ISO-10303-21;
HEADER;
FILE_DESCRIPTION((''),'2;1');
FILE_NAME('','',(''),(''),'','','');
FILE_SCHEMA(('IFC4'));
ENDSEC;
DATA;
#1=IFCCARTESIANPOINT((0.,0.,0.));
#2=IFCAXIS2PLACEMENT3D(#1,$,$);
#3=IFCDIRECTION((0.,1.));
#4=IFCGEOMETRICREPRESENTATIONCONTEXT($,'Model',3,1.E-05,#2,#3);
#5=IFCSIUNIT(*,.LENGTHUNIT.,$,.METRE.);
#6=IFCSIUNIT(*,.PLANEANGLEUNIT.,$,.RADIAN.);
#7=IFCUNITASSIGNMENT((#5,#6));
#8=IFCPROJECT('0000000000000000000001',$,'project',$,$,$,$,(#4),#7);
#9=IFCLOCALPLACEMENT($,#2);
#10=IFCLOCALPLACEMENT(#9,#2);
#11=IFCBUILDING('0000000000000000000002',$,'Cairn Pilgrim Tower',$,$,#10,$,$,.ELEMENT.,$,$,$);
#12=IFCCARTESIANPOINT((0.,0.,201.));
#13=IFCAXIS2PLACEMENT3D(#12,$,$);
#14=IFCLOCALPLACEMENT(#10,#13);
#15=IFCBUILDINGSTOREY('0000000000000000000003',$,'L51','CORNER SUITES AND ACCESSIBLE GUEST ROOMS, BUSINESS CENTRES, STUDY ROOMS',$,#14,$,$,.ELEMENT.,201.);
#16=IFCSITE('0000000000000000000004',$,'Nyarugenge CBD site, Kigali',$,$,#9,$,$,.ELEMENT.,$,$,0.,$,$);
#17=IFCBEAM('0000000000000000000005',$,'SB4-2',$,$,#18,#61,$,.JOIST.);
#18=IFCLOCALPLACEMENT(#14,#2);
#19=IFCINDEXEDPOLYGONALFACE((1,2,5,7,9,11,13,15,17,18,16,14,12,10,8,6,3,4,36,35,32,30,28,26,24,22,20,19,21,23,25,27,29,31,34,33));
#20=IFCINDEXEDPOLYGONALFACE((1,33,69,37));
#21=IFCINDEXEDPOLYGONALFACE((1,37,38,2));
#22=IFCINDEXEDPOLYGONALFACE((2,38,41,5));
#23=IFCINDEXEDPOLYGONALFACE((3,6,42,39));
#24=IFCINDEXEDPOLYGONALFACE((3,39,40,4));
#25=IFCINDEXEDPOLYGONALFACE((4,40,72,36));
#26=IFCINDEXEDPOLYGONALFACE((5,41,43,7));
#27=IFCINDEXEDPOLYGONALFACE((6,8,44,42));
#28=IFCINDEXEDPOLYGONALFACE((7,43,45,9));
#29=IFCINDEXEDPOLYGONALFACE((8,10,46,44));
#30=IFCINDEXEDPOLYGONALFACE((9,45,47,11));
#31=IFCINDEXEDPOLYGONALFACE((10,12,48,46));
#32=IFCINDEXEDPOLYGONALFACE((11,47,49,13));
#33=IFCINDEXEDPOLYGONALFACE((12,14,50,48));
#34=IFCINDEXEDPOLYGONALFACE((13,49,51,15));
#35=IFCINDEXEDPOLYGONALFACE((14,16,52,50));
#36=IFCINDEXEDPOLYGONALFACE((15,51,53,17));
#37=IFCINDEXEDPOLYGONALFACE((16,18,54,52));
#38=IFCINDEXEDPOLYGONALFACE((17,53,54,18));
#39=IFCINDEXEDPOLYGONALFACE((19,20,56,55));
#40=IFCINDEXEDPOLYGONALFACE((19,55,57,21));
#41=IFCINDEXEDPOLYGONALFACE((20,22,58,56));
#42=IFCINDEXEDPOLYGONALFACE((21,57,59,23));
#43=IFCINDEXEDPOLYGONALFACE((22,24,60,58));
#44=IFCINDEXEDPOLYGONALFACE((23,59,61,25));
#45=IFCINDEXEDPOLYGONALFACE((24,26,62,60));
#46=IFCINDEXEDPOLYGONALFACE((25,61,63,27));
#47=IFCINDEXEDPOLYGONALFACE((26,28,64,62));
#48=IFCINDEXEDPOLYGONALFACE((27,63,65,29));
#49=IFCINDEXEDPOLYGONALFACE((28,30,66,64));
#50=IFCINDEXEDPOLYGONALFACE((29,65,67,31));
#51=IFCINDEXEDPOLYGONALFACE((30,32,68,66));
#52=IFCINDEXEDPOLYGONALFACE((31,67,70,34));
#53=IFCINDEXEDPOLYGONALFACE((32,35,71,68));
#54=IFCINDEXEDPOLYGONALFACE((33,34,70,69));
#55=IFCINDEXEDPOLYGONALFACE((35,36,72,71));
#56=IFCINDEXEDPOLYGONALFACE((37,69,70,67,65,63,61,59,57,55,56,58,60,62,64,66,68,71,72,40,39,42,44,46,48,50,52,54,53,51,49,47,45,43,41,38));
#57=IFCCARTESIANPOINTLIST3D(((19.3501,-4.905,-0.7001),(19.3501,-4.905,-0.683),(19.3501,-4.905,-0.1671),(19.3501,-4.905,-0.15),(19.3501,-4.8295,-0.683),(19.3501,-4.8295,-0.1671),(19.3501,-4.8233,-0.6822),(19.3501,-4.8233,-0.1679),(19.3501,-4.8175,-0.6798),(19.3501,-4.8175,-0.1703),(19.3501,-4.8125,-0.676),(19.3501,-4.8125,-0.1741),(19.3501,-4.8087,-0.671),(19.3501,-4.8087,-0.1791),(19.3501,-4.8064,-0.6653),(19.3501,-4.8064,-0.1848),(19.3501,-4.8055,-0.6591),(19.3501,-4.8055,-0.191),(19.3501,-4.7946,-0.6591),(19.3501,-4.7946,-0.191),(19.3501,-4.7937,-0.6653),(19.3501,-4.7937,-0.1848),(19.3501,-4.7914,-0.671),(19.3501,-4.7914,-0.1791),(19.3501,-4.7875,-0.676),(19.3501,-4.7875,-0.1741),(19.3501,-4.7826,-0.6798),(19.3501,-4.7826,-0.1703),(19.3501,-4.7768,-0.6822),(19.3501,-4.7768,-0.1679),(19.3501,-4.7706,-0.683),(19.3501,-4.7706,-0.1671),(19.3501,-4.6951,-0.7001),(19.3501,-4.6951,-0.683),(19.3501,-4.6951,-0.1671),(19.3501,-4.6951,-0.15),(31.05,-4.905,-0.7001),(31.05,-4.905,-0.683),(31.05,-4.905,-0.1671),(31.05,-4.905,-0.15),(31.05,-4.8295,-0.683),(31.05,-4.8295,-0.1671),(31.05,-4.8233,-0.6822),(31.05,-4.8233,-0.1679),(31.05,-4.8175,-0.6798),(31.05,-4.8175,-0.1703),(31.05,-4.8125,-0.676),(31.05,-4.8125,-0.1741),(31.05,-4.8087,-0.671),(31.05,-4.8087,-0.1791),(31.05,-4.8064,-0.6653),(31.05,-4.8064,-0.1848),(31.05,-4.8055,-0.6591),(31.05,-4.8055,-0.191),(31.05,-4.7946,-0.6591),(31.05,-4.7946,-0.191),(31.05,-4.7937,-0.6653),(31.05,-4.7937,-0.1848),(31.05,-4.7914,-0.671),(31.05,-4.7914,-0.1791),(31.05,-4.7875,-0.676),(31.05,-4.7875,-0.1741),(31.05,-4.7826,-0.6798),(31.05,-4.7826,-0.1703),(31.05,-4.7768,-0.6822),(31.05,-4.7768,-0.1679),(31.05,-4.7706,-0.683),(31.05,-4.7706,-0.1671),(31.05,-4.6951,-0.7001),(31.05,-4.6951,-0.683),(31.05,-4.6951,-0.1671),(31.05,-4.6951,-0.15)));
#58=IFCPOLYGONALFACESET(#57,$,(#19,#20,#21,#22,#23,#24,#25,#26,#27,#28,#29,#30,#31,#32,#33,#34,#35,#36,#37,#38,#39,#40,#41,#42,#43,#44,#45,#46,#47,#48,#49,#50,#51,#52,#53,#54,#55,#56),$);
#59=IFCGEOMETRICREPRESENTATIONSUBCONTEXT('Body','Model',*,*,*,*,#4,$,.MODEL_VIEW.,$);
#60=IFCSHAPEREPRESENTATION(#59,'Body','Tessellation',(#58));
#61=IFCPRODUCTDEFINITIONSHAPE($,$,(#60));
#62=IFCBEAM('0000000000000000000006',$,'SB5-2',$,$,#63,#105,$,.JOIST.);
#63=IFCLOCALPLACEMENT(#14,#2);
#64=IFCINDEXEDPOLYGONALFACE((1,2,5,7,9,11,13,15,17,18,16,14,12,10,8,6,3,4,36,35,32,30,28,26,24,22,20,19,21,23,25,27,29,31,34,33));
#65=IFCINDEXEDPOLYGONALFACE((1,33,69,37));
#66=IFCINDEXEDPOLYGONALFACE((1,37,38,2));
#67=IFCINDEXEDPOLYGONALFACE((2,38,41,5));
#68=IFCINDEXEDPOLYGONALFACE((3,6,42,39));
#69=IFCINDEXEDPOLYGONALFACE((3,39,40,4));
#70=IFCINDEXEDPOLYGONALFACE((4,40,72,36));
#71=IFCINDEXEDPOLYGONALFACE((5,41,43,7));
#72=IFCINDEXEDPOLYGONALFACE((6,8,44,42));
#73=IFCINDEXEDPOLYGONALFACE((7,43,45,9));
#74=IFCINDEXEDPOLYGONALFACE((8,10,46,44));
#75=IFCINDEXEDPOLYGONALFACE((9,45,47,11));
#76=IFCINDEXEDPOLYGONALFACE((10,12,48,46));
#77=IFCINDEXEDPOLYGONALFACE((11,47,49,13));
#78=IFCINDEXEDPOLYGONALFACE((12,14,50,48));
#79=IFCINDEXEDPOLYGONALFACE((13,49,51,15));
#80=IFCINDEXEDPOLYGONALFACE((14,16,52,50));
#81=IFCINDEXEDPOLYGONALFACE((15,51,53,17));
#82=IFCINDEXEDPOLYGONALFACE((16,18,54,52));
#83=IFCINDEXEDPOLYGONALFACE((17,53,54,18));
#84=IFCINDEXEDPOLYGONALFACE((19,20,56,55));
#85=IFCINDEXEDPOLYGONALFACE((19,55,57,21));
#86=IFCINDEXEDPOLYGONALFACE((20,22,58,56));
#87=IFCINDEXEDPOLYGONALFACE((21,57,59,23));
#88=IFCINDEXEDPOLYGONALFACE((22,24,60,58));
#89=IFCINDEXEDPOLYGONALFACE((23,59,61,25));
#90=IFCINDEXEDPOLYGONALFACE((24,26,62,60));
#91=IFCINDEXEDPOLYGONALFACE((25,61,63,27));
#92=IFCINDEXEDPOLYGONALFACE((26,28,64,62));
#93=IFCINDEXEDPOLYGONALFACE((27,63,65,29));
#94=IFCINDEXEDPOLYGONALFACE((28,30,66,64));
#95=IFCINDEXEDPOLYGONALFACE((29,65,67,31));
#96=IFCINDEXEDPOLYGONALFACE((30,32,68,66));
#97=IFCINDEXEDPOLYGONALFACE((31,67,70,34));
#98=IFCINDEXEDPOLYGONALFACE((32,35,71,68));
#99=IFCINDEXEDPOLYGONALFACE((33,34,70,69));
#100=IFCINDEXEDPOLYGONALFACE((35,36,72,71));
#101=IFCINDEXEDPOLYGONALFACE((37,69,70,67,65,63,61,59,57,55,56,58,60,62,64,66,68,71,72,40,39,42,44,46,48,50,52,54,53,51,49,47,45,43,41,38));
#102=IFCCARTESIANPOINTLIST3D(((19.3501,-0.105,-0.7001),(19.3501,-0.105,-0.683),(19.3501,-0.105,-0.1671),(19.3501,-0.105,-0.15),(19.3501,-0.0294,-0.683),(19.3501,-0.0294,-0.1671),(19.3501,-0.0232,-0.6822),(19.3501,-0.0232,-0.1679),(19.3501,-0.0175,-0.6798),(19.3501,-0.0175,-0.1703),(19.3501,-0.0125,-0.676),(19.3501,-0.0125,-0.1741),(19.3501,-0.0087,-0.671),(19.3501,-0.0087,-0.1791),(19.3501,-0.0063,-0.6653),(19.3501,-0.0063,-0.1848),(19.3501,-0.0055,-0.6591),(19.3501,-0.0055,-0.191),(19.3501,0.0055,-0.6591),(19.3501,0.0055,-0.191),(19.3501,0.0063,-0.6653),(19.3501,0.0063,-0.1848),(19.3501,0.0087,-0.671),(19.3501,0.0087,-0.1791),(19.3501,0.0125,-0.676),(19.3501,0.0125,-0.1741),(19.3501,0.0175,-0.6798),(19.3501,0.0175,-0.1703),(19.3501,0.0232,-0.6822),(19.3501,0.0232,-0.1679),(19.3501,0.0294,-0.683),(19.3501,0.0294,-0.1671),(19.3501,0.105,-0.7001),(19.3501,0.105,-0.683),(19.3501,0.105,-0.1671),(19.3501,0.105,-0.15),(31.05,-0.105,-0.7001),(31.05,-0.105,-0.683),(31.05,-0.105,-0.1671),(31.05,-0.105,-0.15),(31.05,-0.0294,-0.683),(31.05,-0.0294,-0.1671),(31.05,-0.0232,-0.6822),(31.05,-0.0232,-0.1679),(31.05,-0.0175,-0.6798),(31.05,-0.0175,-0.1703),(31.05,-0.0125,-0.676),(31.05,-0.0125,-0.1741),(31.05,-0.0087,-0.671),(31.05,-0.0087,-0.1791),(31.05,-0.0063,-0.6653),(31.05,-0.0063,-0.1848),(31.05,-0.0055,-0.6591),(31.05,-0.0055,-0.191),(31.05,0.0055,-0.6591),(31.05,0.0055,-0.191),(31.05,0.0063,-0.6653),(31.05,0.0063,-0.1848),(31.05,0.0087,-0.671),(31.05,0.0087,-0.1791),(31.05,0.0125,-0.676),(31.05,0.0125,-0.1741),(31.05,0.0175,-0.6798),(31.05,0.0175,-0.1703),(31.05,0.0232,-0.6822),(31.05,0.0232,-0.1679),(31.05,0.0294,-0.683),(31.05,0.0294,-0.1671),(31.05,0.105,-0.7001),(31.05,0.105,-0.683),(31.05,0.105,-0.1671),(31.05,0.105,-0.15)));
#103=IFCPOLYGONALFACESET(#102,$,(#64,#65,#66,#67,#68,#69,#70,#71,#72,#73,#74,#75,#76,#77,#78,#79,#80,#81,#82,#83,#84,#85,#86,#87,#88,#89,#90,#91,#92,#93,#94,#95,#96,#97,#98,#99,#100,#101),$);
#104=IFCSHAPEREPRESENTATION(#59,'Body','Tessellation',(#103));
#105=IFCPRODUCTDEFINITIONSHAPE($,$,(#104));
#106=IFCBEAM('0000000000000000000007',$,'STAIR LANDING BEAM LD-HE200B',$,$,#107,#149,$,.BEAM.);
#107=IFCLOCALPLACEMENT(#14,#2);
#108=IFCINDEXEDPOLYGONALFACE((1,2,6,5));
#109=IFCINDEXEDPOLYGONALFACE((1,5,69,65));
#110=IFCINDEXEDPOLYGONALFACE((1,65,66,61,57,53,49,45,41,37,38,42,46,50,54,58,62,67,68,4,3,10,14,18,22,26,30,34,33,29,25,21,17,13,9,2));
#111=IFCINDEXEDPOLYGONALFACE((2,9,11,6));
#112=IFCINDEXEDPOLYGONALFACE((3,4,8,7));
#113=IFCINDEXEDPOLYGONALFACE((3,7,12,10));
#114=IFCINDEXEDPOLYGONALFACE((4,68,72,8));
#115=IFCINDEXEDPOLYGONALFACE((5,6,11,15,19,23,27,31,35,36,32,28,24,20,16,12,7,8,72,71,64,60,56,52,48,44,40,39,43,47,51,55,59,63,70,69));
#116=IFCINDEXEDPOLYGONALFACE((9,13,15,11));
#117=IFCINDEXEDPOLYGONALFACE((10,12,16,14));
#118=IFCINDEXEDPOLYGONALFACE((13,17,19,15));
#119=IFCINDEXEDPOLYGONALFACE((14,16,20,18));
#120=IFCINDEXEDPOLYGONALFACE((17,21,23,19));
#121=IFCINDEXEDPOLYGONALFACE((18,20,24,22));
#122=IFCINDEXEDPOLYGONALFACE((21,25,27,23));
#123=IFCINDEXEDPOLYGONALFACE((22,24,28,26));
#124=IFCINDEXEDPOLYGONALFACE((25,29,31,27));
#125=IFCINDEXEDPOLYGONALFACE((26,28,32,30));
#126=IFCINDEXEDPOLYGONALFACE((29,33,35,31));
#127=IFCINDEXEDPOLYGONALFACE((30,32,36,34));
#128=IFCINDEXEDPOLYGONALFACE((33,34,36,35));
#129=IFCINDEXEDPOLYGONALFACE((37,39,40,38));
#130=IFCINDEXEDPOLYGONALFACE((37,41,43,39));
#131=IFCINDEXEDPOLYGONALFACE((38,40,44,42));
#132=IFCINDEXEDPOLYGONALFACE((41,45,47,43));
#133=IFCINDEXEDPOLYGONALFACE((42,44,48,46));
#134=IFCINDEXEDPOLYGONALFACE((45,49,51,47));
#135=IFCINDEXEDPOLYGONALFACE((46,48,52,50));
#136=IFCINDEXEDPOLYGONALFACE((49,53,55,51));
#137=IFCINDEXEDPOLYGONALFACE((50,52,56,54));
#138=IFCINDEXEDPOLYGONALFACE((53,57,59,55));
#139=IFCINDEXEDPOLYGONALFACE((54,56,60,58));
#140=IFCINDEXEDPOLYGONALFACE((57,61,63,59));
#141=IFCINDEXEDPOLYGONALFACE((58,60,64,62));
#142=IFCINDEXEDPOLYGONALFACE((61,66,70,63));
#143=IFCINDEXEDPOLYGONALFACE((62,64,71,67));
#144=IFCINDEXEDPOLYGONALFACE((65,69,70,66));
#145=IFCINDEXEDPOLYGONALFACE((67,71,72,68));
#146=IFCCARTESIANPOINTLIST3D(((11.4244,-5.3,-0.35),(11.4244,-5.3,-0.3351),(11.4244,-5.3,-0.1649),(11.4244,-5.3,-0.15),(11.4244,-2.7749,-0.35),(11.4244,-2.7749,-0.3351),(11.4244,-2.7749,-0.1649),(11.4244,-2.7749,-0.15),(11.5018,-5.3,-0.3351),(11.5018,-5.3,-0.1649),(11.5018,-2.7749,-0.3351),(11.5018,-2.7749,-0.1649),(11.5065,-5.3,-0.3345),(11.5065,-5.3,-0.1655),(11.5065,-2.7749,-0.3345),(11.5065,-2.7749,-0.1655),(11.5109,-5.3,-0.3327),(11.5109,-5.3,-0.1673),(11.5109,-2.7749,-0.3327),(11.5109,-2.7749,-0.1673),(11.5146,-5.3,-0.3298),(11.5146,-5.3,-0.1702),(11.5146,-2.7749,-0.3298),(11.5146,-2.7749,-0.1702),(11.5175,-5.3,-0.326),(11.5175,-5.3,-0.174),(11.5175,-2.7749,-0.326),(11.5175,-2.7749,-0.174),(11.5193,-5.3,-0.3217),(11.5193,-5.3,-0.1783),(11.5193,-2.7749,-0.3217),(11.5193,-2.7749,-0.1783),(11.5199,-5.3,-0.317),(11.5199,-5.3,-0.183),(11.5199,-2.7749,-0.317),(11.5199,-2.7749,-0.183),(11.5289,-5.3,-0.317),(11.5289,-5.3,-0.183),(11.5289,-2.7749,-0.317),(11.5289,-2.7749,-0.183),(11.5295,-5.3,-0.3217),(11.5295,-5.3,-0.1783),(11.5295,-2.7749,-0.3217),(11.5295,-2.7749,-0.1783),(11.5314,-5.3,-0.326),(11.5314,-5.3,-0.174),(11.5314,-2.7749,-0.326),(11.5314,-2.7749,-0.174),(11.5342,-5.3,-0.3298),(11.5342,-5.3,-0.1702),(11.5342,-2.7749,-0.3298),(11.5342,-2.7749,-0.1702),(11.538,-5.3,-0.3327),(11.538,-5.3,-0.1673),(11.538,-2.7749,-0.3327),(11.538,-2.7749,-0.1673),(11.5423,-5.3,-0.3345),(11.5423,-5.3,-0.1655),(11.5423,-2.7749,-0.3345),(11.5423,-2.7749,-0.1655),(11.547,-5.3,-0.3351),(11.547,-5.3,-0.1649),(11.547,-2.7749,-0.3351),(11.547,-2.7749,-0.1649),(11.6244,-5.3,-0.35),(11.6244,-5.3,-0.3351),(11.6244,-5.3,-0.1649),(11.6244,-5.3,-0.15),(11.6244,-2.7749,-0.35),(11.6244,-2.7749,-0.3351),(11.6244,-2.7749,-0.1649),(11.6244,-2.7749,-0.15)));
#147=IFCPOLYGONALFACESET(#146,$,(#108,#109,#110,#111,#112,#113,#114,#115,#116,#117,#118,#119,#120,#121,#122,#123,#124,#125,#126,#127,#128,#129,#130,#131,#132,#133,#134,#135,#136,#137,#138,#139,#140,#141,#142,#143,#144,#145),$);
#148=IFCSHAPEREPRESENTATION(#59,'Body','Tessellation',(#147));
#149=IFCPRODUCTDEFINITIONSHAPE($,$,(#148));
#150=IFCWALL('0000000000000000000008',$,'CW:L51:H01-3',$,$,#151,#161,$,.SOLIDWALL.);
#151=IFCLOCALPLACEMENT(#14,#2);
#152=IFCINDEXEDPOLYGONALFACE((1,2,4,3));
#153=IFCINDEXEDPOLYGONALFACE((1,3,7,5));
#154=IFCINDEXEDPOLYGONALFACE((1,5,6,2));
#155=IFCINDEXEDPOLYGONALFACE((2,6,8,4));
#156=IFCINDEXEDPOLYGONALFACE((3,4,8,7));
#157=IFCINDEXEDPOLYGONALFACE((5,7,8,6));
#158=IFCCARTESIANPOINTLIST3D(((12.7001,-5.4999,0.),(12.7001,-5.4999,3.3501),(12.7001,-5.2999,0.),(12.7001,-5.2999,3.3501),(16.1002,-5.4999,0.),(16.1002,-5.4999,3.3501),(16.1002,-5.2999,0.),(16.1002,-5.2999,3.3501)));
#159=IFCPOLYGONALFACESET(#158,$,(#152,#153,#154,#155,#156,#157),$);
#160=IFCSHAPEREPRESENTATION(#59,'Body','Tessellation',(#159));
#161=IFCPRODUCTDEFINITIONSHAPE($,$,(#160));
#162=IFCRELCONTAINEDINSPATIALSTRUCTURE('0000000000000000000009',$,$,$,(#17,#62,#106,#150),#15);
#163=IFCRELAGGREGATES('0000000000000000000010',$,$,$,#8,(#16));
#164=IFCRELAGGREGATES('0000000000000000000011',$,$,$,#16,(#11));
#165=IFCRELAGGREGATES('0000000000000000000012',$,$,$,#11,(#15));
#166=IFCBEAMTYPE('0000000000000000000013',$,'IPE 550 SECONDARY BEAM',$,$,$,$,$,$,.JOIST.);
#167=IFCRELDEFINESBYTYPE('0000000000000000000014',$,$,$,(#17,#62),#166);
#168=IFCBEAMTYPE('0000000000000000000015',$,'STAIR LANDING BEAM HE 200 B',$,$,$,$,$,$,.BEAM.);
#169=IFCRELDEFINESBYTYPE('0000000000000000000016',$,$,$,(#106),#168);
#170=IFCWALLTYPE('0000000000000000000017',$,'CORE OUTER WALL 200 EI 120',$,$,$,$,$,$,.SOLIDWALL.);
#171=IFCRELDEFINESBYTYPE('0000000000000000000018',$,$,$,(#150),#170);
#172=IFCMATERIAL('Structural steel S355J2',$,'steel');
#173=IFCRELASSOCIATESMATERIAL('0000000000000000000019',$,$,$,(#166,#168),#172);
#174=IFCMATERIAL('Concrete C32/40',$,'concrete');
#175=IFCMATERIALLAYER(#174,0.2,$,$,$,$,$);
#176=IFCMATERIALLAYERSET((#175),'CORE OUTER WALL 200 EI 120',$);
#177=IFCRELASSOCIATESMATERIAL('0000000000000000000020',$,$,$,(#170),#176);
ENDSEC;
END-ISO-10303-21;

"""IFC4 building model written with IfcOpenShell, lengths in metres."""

from ifc_helpers import new_model, si_unit, direction, frame, frame_2d, origin, origin_2d, place, context, subcontext, project, spatial, rectangle, i_section, extrude, material, layer, layer_set, material_profile, profile_set, type_object, element, save


model = new_model("IFC4")

# Units and contexts
model_context = context("Model", 3, precision=1e-05, world=origin(), true_north=direction((0.0, 1.0)))
body_context = subcontext(model_context, "Body", "Model", "MODEL_VIEW")
ifc_project = project(units=[si_unit("LENGTHUNIT", "METRE"), si_unit("PLANEANGLEUNIT", "RADIAN")], contexts=[model_context])

# Site, building, storey
site_placement = place(None, origin())
site = spatial("IfcSite", under=ifc_project, at=site_placement, Name="Nyarugenge CBD site, Kigali", CompositionType="ELEMENT", RefElevation=0.0)
building_placement = place(site_placement, origin())
building = spatial("IfcBuilding", under=site, at=building_placement, Name="Cairn Pilgrim Tower", CompositionType="ELEMENT")
storey_placement = place(building_placement, frame((0.0, 0.0, 201.0)))
storey = spatial("IfcBuildingStorey", under=building, at=storey_placement, Name="L51", Description="CORNER SUITES AND ACCESSIBLE GUEST ROOMS, BUSINESS CENTRES, STUDY ROOMS", CompositionType="ELEMENT", Elevation=201.0)

# Shared definitions
ifc_material_1 = material(Name="Structural steel S355J2", Category="steel")

# Beams
ifc_material_profile_1 = material_profile(ifc_material_1, i_section(OverallWidth=0.21, OverallDepth=0.55, WebThickness=0.011, FlangeThickness=0.0171, FilletRadius=0.0239, at=origin_2d()), Name="IPE 550")
ifc_profile_set_1 = profile_set([ifc_material_profile_1], Name="Structural steel S355J2")
beam_type_1 = type_object("IfcBeamType", Name="IPE 550 SECONDARY BEAM", PredefinedType="JOIST", material=ifc_profile_set_1)
for number, where, z_axis, x_axis, name in (
    (1, (19.3501, -4.8, -0.425), (1.0, 0.0, 0.0), (0.0, 1.0, 0.0), "SB4-2"),
    (2, (19.3501, 0.0, -0.425), (1.0, 0.0, 0.0), (0.0, 1.0, 0.0), "SB5-2"),
):
    element("IfcBeam", number, at=place(storey_placement, frame(where, z_axis=z_axis, x_axis=x_axis)), inside=storey, type_object=beam_type_1, Name=name, PredefinedType="JOIST", context=body_context, shape_type="SweptSolid", body=[
        extrude(i_section(OverallWidth=0.21, OverallDepth=0.55, WebThickness=0.011, FlangeThickness=0.0171, FilletRadius=0.0239, at=origin_2d()), origin(), (0.0, 0.0, 1.0), 11.7),
    ])
ifc_material_profile_2 = material_profile(ifc_material_1, i_section(OverallWidth=0.2, OverallDepth=0.2, WebThickness=0.009, FlangeThickness=0.0149, FilletRadius=0.0181, at=origin_2d()), Name="HE 200 B")
ifc_profile_set_2 = profile_set([ifc_material_profile_2], Name="Structural steel S355J2")
beam_type_2 = type_object("IfcBeamType", Name="STAIR LANDING BEAM HE 200 B", PredefinedType="BEAM", material=ifc_profile_set_2)
beam_1_placement = place(storey_placement, frame((11.5244, -2.7749, -0.25), z_axis=(0.0, -1.0, 0.0), x_axis=(1.0, 0.0, 0.0)))
element("IfcBeam", 3, at=beam_1_placement, inside=storey, type_object=beam_type_2, Name="STAIR LANDING BEAM LD-HE200B", PredefinedType="BEAM", context=body_context, shape_type="SweptSolid", body=[
    extrude(i_section(OverallWidth=0.2, OverallDepth=0.2, WebThickness=0.009, FlangeThickness=0.0149, FilletRadius=0.0181, at=origin_2d()), origin(), (0.0, 0.0, 1.0), 2.5251),
])

# Wall
ifc_material_2 = material(Name="Concrete C32/40", Category="concrete")
ifc_layer_1 = layer(ifc_material_2, 0.2)
ifc_layer_set_1 = layer_set([ifc_layer_1], Name="CORE OUTER WALL 200 EI 120")
wall_type_1 = type_object("IfcWallType", Name="CORE OUTER WALL 200 EI 120", PredefinedType="SOLIDWALL", material=ifc_layer_set_1)
wall_1_placement = place(storey_placement, frame((12.7, -5.3999, 0.0), z_axis=(0.0, 0.0, 1.0), x_axis=(1.0, 0.0, 0.0)))
element("IfcWall", 4, at=wall_1_placement, inside=storey, type_object=wall_type_1, Name="CW:L51:H01-3", PredefinedType="SOLIDWALL", context=body_context, shape_type="SweptSolid", body=[
    extrude(rectangle(XDim=3.4001, YDim=0.2, at=frame_2d((1.7002, 0.0))), origin(), (0.0, 0.0, 1.0), 3.3501),
])

save(model, "model.ifc")
